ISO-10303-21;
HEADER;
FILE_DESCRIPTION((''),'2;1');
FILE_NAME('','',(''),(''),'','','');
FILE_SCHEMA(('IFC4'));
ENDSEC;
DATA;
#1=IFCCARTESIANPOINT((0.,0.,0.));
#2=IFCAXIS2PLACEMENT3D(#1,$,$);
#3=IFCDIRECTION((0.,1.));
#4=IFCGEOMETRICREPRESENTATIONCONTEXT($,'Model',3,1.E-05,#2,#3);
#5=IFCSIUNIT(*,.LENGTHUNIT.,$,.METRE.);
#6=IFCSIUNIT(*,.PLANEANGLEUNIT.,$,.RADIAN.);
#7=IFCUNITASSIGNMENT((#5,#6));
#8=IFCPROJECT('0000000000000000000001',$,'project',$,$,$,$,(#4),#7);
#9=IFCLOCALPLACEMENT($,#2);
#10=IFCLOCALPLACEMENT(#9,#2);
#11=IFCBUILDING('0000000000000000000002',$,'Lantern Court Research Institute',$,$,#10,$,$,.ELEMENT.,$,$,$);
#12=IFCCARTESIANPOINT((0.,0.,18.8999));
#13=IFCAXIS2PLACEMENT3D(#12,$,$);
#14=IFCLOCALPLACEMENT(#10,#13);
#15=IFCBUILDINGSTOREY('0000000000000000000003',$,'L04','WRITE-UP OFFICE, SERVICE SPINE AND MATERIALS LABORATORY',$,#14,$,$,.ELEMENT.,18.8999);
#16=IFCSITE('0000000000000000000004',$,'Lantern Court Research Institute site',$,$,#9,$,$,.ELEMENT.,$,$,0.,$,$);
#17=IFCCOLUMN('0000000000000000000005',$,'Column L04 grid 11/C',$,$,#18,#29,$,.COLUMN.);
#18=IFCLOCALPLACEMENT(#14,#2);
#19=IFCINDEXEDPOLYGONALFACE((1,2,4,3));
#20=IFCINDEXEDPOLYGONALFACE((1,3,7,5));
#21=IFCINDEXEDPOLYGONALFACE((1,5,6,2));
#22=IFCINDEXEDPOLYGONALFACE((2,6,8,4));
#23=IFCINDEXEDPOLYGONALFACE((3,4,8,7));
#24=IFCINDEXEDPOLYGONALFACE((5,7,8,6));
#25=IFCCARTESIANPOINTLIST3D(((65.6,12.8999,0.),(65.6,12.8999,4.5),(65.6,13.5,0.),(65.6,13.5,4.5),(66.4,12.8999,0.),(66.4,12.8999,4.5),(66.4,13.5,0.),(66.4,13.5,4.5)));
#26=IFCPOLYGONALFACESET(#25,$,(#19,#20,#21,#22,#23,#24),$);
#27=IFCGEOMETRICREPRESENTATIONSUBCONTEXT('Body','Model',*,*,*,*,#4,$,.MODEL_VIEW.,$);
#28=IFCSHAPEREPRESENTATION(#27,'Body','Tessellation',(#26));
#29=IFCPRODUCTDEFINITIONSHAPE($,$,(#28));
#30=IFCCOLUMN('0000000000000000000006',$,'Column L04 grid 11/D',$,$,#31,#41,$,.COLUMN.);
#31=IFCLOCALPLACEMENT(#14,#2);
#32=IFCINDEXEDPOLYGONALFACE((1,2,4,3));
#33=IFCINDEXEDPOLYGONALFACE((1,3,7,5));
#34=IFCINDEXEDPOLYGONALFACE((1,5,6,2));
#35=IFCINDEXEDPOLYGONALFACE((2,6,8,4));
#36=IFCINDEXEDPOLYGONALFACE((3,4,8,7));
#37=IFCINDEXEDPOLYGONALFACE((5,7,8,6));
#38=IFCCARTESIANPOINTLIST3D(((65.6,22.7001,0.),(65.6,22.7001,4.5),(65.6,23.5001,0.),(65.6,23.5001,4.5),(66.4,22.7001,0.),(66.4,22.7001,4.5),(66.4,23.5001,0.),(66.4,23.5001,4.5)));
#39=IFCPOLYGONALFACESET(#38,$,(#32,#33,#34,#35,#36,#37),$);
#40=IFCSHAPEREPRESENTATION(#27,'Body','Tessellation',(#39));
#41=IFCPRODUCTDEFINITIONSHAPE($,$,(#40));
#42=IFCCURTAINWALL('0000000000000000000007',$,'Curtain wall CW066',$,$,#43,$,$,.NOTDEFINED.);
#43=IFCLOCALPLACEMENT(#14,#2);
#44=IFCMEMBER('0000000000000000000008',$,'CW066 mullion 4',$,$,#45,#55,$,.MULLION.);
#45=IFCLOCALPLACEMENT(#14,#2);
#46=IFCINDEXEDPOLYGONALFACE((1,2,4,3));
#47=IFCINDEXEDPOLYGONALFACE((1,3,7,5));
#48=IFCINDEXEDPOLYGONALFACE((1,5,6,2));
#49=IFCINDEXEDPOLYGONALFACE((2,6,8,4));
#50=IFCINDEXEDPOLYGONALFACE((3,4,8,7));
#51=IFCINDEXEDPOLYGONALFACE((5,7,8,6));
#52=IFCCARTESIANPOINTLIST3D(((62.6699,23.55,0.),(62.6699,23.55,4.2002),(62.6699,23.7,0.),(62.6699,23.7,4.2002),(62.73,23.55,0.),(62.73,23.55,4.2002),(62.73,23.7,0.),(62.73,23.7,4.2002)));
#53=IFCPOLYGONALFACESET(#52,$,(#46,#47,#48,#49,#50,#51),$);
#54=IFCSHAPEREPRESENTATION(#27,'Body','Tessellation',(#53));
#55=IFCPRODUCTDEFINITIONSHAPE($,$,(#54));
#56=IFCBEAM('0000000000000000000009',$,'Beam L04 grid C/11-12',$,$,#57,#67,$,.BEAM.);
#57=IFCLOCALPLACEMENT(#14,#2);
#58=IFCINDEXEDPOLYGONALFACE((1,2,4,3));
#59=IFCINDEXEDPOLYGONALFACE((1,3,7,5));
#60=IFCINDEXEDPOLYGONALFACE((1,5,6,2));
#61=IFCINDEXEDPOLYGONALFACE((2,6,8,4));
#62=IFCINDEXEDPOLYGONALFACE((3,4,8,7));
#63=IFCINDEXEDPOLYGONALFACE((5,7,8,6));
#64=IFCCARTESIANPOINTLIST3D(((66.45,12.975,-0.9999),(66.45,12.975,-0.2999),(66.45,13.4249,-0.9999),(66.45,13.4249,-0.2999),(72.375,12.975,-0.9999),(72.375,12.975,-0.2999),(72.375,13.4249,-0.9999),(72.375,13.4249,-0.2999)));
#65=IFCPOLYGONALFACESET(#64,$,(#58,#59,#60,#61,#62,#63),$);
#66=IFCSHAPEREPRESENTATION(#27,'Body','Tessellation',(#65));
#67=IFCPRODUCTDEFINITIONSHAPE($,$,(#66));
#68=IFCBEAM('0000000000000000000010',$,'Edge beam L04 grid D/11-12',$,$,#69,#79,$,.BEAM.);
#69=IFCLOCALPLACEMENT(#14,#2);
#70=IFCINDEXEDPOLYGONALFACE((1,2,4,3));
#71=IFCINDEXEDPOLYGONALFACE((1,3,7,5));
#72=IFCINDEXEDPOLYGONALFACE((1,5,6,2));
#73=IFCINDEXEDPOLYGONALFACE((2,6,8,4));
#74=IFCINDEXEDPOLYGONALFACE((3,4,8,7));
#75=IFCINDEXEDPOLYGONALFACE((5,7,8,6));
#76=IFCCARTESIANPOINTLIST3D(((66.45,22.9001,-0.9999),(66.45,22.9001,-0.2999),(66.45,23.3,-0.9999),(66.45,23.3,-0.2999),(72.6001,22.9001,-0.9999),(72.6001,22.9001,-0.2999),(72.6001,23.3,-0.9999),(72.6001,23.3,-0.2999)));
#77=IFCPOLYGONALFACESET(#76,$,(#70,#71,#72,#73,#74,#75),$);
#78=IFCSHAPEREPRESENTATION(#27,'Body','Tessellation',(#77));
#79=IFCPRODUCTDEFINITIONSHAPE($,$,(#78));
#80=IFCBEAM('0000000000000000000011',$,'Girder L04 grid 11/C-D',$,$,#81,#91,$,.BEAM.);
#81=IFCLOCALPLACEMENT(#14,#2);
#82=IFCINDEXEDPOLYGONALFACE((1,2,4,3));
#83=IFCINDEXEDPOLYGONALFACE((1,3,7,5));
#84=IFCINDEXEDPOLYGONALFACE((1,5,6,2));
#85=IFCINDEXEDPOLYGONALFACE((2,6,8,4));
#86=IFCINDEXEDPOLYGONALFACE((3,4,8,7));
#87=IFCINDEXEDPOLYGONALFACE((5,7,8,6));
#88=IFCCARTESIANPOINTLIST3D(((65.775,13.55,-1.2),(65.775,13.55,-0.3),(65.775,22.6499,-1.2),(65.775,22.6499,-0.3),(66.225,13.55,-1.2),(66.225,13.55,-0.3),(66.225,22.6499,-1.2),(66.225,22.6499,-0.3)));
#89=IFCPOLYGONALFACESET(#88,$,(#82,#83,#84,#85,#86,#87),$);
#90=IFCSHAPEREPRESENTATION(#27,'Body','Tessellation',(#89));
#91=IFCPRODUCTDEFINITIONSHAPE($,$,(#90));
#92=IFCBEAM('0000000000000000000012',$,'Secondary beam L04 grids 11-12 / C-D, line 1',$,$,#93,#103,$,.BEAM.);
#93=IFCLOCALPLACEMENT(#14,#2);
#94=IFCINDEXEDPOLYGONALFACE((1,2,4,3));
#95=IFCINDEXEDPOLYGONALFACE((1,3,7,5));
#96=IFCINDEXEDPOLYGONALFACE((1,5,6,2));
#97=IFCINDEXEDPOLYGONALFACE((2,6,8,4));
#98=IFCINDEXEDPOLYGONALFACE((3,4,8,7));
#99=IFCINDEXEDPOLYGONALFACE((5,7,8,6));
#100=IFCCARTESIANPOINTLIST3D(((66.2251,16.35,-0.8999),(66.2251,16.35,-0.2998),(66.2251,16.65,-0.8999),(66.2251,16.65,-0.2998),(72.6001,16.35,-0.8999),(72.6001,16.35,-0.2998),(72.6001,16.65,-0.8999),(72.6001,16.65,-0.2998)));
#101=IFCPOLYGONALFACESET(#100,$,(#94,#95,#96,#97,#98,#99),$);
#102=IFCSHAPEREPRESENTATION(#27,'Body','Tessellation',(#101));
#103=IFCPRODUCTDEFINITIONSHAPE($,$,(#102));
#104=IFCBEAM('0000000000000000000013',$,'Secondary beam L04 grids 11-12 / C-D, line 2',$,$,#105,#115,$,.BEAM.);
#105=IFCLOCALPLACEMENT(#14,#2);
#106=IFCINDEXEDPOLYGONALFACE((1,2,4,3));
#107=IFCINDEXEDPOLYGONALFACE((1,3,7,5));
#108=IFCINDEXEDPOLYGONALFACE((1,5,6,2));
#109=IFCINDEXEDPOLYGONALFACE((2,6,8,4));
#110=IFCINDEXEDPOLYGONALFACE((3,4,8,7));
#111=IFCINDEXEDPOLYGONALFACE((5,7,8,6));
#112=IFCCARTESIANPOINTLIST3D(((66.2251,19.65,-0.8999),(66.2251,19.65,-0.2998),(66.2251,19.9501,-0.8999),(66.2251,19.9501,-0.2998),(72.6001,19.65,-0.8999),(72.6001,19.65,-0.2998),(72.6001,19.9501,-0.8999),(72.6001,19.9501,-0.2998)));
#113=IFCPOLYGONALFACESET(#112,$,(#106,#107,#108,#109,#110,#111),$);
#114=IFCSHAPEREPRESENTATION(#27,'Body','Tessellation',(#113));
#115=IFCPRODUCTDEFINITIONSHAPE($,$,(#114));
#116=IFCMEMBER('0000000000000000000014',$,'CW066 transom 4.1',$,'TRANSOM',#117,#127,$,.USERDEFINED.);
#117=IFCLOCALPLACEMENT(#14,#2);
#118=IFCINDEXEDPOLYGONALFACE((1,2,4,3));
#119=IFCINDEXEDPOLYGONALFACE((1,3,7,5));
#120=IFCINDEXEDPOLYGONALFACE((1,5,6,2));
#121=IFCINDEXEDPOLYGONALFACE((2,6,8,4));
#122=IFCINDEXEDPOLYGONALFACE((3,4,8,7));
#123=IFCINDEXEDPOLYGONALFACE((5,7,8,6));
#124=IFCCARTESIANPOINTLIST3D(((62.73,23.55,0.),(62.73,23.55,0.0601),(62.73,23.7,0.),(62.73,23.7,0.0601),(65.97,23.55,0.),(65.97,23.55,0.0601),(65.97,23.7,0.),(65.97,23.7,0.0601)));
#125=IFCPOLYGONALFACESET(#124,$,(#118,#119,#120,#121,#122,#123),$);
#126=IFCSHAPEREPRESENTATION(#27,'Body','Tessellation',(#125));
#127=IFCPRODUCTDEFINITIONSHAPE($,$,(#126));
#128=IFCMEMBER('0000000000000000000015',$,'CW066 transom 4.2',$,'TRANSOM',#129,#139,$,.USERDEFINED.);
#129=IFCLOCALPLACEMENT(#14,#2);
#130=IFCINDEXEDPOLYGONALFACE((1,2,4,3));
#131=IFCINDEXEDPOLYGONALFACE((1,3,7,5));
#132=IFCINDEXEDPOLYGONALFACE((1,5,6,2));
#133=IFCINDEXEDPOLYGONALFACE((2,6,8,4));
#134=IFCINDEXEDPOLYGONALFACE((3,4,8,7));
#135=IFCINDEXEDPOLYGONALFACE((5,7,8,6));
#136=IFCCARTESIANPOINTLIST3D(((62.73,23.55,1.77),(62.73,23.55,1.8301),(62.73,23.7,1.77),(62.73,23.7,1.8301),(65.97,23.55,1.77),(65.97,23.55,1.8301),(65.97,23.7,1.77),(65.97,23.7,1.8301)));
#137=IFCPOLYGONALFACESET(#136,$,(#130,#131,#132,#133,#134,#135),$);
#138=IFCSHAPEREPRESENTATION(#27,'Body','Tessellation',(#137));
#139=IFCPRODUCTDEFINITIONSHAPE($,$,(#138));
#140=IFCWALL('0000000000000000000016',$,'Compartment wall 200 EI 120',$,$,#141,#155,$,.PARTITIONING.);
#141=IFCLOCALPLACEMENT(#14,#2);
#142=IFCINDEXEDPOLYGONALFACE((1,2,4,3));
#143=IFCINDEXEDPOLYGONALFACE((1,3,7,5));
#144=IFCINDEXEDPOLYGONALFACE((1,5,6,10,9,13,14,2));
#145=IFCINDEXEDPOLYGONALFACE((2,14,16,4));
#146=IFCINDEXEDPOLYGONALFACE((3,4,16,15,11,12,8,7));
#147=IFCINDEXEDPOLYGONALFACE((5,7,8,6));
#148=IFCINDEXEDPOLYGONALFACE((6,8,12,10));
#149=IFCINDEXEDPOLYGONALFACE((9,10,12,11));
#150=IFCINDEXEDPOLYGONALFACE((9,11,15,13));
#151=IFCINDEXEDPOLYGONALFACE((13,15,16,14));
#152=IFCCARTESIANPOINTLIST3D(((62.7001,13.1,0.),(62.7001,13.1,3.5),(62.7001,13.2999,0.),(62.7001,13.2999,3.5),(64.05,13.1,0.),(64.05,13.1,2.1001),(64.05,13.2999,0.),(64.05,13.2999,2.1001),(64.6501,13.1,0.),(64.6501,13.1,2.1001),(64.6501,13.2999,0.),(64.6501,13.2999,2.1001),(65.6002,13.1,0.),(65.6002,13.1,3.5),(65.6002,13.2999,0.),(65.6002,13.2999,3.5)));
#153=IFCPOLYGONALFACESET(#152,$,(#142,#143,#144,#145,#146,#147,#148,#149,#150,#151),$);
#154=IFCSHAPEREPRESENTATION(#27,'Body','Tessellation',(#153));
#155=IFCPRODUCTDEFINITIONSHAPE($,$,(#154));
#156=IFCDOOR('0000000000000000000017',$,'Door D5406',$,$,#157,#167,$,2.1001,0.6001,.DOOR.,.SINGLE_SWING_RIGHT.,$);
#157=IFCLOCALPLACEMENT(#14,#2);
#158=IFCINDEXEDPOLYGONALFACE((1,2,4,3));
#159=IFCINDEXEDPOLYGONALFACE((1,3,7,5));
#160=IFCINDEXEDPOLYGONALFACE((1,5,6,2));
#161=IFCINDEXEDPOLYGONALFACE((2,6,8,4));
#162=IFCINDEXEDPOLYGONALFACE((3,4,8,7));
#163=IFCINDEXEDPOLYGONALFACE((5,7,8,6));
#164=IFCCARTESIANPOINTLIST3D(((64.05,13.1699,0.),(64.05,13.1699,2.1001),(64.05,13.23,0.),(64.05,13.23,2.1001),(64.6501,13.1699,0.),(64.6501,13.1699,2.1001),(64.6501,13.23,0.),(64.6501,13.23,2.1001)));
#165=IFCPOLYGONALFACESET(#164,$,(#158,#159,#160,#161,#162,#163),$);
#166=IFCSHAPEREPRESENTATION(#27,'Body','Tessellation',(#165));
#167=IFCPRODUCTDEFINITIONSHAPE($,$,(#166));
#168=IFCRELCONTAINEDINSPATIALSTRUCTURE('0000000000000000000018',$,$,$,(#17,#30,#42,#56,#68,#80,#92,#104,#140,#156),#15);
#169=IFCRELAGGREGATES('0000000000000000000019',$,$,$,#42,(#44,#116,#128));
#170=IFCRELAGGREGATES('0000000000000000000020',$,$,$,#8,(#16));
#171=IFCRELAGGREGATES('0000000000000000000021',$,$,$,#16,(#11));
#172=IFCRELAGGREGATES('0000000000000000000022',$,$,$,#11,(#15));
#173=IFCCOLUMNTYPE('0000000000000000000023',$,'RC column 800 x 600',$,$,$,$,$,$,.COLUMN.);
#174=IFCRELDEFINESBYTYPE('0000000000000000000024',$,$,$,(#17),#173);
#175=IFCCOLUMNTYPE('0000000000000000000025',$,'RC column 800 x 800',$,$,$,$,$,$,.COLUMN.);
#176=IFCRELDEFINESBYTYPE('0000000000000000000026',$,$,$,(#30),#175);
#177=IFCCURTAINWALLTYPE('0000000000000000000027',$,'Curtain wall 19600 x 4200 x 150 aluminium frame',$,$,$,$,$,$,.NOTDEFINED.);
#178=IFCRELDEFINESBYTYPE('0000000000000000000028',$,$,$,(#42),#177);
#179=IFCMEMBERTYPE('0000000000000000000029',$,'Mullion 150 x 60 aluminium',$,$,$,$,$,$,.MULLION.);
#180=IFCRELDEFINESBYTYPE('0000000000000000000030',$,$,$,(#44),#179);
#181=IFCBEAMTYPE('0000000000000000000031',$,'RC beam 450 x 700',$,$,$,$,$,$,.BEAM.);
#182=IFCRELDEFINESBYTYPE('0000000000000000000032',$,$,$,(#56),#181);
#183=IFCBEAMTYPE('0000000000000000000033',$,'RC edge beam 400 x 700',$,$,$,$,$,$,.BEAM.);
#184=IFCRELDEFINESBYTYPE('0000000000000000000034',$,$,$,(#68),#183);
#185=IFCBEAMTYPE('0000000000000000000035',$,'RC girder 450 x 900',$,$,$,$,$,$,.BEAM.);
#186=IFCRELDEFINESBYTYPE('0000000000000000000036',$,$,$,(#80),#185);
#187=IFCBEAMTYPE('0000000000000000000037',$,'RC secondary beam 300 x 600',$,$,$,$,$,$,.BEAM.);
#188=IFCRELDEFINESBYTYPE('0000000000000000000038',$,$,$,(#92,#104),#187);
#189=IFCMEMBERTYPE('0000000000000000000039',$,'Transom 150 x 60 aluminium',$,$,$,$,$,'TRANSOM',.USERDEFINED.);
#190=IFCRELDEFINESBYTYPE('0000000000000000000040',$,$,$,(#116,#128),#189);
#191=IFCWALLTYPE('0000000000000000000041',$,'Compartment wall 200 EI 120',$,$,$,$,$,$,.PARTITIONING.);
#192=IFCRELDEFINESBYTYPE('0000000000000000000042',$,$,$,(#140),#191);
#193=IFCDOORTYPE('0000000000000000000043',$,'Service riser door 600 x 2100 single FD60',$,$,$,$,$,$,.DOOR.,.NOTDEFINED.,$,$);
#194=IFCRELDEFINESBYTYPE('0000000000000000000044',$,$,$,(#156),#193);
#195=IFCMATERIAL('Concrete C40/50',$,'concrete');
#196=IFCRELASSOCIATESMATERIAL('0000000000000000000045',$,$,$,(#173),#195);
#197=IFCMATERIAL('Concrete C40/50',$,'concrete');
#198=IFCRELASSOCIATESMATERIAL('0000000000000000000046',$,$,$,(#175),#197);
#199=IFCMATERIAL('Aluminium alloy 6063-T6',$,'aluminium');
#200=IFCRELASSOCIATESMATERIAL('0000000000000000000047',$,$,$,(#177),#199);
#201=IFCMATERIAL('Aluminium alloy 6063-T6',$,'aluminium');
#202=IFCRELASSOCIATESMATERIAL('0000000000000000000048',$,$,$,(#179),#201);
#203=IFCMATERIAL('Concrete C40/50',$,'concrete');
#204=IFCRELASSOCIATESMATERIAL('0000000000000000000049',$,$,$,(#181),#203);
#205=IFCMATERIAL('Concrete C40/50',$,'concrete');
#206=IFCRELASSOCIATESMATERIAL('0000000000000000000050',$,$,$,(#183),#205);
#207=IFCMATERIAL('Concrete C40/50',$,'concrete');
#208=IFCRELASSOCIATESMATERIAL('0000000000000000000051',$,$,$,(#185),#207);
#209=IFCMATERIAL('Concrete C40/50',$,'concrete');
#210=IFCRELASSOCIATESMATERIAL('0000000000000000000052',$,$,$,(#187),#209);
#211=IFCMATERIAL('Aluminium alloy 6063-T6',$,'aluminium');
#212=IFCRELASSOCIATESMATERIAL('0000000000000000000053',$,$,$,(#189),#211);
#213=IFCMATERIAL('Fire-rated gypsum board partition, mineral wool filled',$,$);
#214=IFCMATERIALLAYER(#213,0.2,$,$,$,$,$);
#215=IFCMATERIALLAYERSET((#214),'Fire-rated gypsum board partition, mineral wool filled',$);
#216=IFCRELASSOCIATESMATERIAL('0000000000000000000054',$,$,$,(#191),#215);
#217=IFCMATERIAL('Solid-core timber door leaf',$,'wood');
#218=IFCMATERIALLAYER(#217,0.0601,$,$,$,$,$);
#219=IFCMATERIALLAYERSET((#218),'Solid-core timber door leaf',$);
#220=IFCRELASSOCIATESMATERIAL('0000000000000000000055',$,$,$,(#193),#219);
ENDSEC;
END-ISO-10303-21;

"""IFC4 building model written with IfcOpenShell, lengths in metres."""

from ifc_helpers import new_model, si_unit, direction, frame, frame_2d, origin, origin_2d, place, context, subcontext, project, spatial, rectangle, extrude, material, layer, layer_set, material_profile, profile_set, type_object, element, fill, aggregate, save


model = new_model("IFC4")

# Units and contexts
model_context = context("Model", 3, precision=1e-05, world=origin(), true_north=direction((0.0, 1.0)))
body_context = subcontext(model_context, "Body", "Model", "MODEL_VIEW")
ifc_project = project(units=[si_unit("LENGTHUNIT", "METRE"), si_unit("PLANEANGLEUNIT", "RADIAN")], contexts=[model_context])

# Site, building, storey
site_placement = place(None, origin())
site = spatial("IfcSite", under=ifc_project, at=site_placement, Name="Lantern Court Research Institute site", CompositionType="ELEMENT", RefElevation=0.0)
building_placement = place(site_placement, origin())
building = spatial("IfcBuilding", under=site, at=building_placement, Name="Lantern Court Research Institute", CompositionType="ELEMENT")
storey_placement = place(building_placement, frame((0.0, 0.0, 18.8999)))
storey = spatial("IfcBuildingStorey", under=building, at=storey_placement, Name="L04", Description="WRITE-UP OFFICE, SERVICE SPINE AND MATERIALS LABORATORY", CompositionType="ELEMENT", Elevation=18.8999)

# Columns
ifc_material_1 = material(Name="Concrete C40/50", Category="concrete")
ifc_material_profile_1 = material_profile(ifc_material_1, rectangle(XDim=0.8, YDim=0.6001, at=origin_2d()), Name="RC column 800 x 600")
ifc_profile_set_1 = profile_set([ifc_material_profile_1], Name="Concrete C40/50")
column_type_1 = type_object("IfcColumnType", Name="RC column 800 x 600", PredefinedType="COLUMN", material=ifc_profile_set_1)
column_1_placement = place(storey_placement, frame((66.0, 13.2, 0.0), z_axis=(0.0, 0.0, 1.0), x_axis=(1.0, 0.0, 0.0)))
element("IfcColumn", 1, at=column_1_placement, inside=storey, type_object=column_type_1, Name="Column L04 grid 11/C", PredefinedType="COLUMN", context=body_context, shape_type="SweptSolid", body=[
    extrude(rectangle(XDim=0.8, YDim=0.6001, at=origin_2d()), origin(), (0.0, 0.0, 1.0), 4.5),
])
ifc_material_2 = material(Name="Concrete C40/50", Category="concrete")
ifc_material_profile_2 = material_profile(ifc_material_2, rectangle(XDim=0.8, YDim=0.8, at=origin_2d()), Name="RC column 800 x 800")
ifc_profile_set_2 = profile_set([ifc_material_profile_2], Name="Concrete C40/50")
column_type_2 = type_object("IfcColumnType", Name="RC column 800 x 800", PredefinedType="COLUMN", material=ifc_profile_set_2)
column_2_placement = place(storey_placement, frame((66.0, 23.1001, 0.0), z_axis=(0.0, 0.0, 1.0), x_axis=(1.0, 0.0, 0.0)))
element("IfcColumn", 2, at=column_2_placement, inside=storey, type_object=column_type_2, Name="Column L04 grid 11/D", PredefinedType="COLUMN", context=body_context, shape_type="SweptSolid", body=[
    extrude(rectangle(XDim=0.8, YDim=0.8, at=origin_2d()), origin(), (0.0, 0.0, 1.0), 4.5),
])

# Curtain wall, member
ifc_material_3 = material(Name="Aluminium alloy 6063-T6", Category="aluminium")
curtain_wall_type = type_object("IfcCurtainWallType", Name="Curtain wall 19600 x 4200 x 150 aluminium frame", PredefinedType="NOTDEFINED", material=ifc_material_3)
curtain_wall_placement = place(storey_placement, origin())
curtain_wall = element("IfcCurtainWall", 3, at=curtain_wall_placement, inside=storey, type_object=curtain_wall_type, Name="Curtain wall CW066", PredefinedType="NOTDEFINED")
ifc_material_4 = material(Name="Aluminium alloy 6063-T6", Category="aluminium")
ifc_material_profile_3 = material_profile(ifc_material_4, rectangle(XDim=0.1499, YDim=0.0601, at=origin_2d()), Name="Mullion 150 x 60")
ifc_profile_set_3 = profile_set([ifc_material_profile_3], Name="Aluminium alloy 6063-T6")
member_type_1 = type_object("IfcMemberType", Name="Mullion 150 x 60 aluminium", PredefinedType="MULLION", material=ifc_profile_set_3)
member_1_placement = place(storey_placement, frame((62.7, 23.625, 0.0), z_axis=(0.0, 0.0, 1.0), x_axis=(0.0, 1.0, 0.0)))
member_1 = element("IfcMember", 4, at=member_1_placement, type_object=member_type_1, Name="CW066 mullion 4", PredefinedType="MULLION", context=body_context, shape_type="SweptSolid", body=[
    extrude(rectangle(XDim=0.1499, YDim=0.0601, at=origin_2d()), origin(), (0.0, 0.0, 1.0), 4.2002),
])

# Beams
ifc_material_5 = material(Name="Concrete C40/50", Category="concrete")
ifc_material_profile_4 = material_profile(ifc_material_5, rectangle(XDim=0.45, YDim=0.7, at=origin_2d()), Name="RC beam 450 x 700")
ifc_profile_set_4 = profile_set([ifc_material_profile_4], Name="Concrete C40/50")
beam_type_1 = type_object("IfcBeamType", Name="RC beam 450 x 700", PredefinedType="BEAM", material=ifc_profile_set_4)
beam_1_placement = place(storey_placement, frame((66.45, 13.2, -0.6499), z_axis=(1.0, 0.0, 0.0), x_axis=(0.0, 1.0, 0.0)))
element("IfcBeam", 5, at=beam_1_placement, inside=storey, type_object=beam_type_1, Name="Beam L04 grid C/11-12", PredefinedType="BEAM", context=body_context, shape_type="SweptSolid", body=[
    extrude(rectangle(XDim=0.45, YDim=0.7, at=origin_2d()), origin(), (0.0, 0.0, 1.0), 5.925),
])
ifc_material_6 = material(Name="Concrete C40/50", Category="concrete")
ifc_material_profile_5 = material_profile(ifc_material_6, rectangle(XDim=0.3999, YDim=0.7, at=origin_2d()), Name="RC beam 400 x 700")
ifc_profile_set_5 = profile_set([ifc_material_profile_5], Name="Concrete C40/50")
beam_type_2 = type_object("IfcBeamType", Name="RC edge beam 400 x 700", PredefinedType="BEAM", material=ifc_profile_set_5)
beam_2_placement = place(storey_placement, frame((66.45, 23.1001, -0.6499), z_axis=(1.0, 0.0, 0.0), x_axis=(0.0, 1.0, 0.0)))
element("IfcBeam", 6, at=beam_2_placement, inside=storey, type_object=beam_type_2, Name="Edge beam L04 grid D/11-12", PredefinedType="BEAM", context=body_context, shape_type="SweptSolid", body=[
    extrude(rectangle(XDim=0.3999, YDim=0.7, at=origin_2d()), origin(), (0.0, 0.0, 1.0), 6.1501),
])
ifc_material_7 = material(Name="Concrete C40/50", Category="concrete")
ifc_material_profile_6 = material_profile(ifc_material_7, rectangle(XDim=0.45, YDim=0.8999, at=origin_2d()), Name="RC beam 450 x 900")
ifc_profile_set_6 = profile_set([ifc_material_profile_6], Name="Concrete C40/50")
beam_type_3 = type_object("IfcBeamType", Name="RC girder 450 x 900", PredefinedType="BEAM", material=ifc_profile_set_6)
beam_3_placement = place(storey_placement, frame((66.0, 13.55, -0.75), z_axis=(0.0, 1.0, 0.0), x_axis=(-1.0, 0.0, 0.0)))
element("IfcBeam", 7, at=beam_3_placement, inside=storey, type_object=beam_type_3, Name="Girder L04 grid 11/C-D", PredefinedType="BEAM", context=body_context, shape_type="SweptSolid", body=[
    extrude(rectangle(XDim=0.45, YDim=0.8999, at=origin_2d()), origin(), (0.0, 0.0, 1.0), 9.0999),
])
ifc_material_8 = material(Name="Concrete C40/50", Category="concrete")
ifc_material_profile_7 = material_profile(ifc_material_8, rectangle(XDim=0.3, YDim=0.6001, at=origin_2d()), Name="RC beam 300 x 600")
ifc_profile_set_7 = profile_set([ifc_material_profile_7], Name="Concrete C40/50")
beam_type_4 = type_object("IfcBeamType", Name="RC secondary beam 300 x 600", PredefinedType="BEAM", material=ifc_profile_set_7)
for number, where, z_axis, x_axis, name in (
    (8, (66.2251, 16.5, -0.5999), (1.0, 0.0, 0.0), (0.0, 1.0, 0.0), "Secondary beam L04 grids 11-12 / C-D, line 1"),
    (9, (66.2251, 19.8, -0.5999), (1.0, 0.0, 0.0), (0.0, 1.0, 0.0), "Secondary beam L04 grids 11-12 / C-D, line 2"),
):
    element("IfcBeam", number, at=place(storey_placement, frame(where, z_axis=z_axis, x_axis=x_axis)), inside=storey, type_object=beam_type_4, Name=name, PredefinedType="BEAM", context=body_context, shape_type="SweptSolid", body=[
        extrude(rectangle(XDim=0.3, YDim=0.6001, at=origin_2d()), origin(), (0.0, 0.0, 1.0), 6.375),
    ])

# Members
ifc_material_9 = material(Name="Aluminium alloy 6063-T6", Category="aluminium")
ifc_material_profile_8 = material_profile(ifc_material_9, rectangle(XDim=0.1499, YDim=0.0601, at=origin_2d()), Name="Transom 150 x 60")
ifc_profile_set_8 = profile_set([ifc_material_profile_8], Name="Aluminium alloy 6063-T6")
member_type_2 = type_object("IfcMemberType", Name="Transom 150 x 60 aluminium", ElementType="TRANSOM", PredefinedType="USERDEFINED", material=ifc_profile_set_8)
member_2_placement = place(storey_placement, frame((62.73, 23.625, 0.03), z_axis=(1.0, 0.0, 0.0), x_axis=(0.0, 1.0, 0.0)))
member_2 = element("IfcMember", 10, at=member_2_placement, type_object=member_type_2, Name="CW066 transom 4.1", ObjectType="TRANSOM", PredefinedType="USERDEFINED", context=body_context, shape_type="SweptSolid", body=[
    extrude(rectangle(XDim=0.1499, YDim=0.0601, at=origin_2d()), origin(), (0.0, 0.0, 1.0), 3.24),
])
member_3_placement = place(storey_placement, frame((62.73, 23.625, 1.8), z_axis=(1.0, 0.0, 0.0), x_axis=(0.0, 1.0, 0.0)))
member_3 = element("IfcMember", 11, at=member_3_placement, type_object=member_type_2, Name="CW066 transom 4.2", ObjectType="TRANSOM", PredefinedType="USERDEFINED", context=body_context, shape_type="SweptSolid", body=[
    extrude(rectangle(XDim=0.1499, YDim=0.0601, at=origin_2d()), origin(), (0.0, 0.0, 1.0), 3.24),
])
aggregate(curtain_wall, [member_1, member_2, member_3])

# Wall, opening, door
ifc_material_10 = material(Name="Fire-rated gypsum board partition, mineral wool filled")
ifc_layer_1 = layer(ifc_material_10, 0.2)
ifc_layer_set_1 = layer_set([ifc_layer_1], Name="Fire-rated gypsum board partition, mineral wool filled")
wall_type_1 = type_object("IfcWallType", Name="Compartment wall 200 EI 120", PredefinedType="PARTITIONING", material=ifc_layer_set_1)
wall_1_placement = place(storey_placement, frame((62.7, 13.2, 0.0), z_axis=(0.0, 0.0, 1.0), x_axis=(1.0, 0.0, 0.0)))
wall_1 = element("IfcWall", 12, at=wall_1_placement, inside=storey, type_object=wall_type_1, Name="Compartment wall 200 EI 120", PredefinedType="PARTITIONING", context=body_context, shape_type="SweptSolid", body=[
    extrude(rectangle(XDim=2.9001, YDim=0.2, at=frame_2d((1.4502, 0.0))), origin(), (0.0, 0.0, 1.0), 3.5),
])
opening_1_placement = place(wall_1_placement, frame((1.3501, 0.0, 0.0)))
opening_1 = element("IfcOpeningElement", 13, at=opening_1_placement, cuts=wall_1, PredefinedType="OPENING", context=body_context, shape_type="SweptSolid", body=[
    extrude(rectangle(XDim=0.6001, YDim=2.1001, at=frame_2d((0.3, 1.05))), frame((0.0, 0.1099, 0.0), z_axis=(0.0, -1.0, 0.0), x_axis=(1.0, 0.0, 0.0)), (0.0, 0.0, 1.0), 0.22),
])
ifc_material_11 = material(Name="Solid-core timber door leaf", Category="wood")
ifc_layer_2 = layer(ifc_material_11, 0.0601)
ifc_layer_set_2 = layer_set([ifc_layer_2], Name="Solid-core timber door leaf")
door_type_1 = type_object("IfcDoorType", Name="Service riser door 600 x 2100 single FD60", OperationType="NOTDEFINED", PredefinedType="DOOR", material=ifc_layer_set_2)
door_1_placement = place(opening_1_placement, origin())
door_1 = element("IfcDoor", 14, at=door_1_placement, inside=storey, type_object=door_type_1, Name="Door D5406", OperationType="SINGLE_SWING_RIGHT", OverallHeight=2.1001, OverallWidth=0.6001, PredefinedType="DOOR", context=body_context, shape_type="SweptSolid", body=[
    extrude(rectangle(XDim=0.6001, YDim=2.1001, at=frame_2d((0.3, 1.05))), frame((0.0, 0.03, 0.0), z_axis=(0.0, -1.0, 0.0), x_axis=(1.0, 0.0, 0.0)), (0.0, 0.0, 1.0), 0.0601),
])
fill(opening_1, door_1)

save(model, "model.ifc")
